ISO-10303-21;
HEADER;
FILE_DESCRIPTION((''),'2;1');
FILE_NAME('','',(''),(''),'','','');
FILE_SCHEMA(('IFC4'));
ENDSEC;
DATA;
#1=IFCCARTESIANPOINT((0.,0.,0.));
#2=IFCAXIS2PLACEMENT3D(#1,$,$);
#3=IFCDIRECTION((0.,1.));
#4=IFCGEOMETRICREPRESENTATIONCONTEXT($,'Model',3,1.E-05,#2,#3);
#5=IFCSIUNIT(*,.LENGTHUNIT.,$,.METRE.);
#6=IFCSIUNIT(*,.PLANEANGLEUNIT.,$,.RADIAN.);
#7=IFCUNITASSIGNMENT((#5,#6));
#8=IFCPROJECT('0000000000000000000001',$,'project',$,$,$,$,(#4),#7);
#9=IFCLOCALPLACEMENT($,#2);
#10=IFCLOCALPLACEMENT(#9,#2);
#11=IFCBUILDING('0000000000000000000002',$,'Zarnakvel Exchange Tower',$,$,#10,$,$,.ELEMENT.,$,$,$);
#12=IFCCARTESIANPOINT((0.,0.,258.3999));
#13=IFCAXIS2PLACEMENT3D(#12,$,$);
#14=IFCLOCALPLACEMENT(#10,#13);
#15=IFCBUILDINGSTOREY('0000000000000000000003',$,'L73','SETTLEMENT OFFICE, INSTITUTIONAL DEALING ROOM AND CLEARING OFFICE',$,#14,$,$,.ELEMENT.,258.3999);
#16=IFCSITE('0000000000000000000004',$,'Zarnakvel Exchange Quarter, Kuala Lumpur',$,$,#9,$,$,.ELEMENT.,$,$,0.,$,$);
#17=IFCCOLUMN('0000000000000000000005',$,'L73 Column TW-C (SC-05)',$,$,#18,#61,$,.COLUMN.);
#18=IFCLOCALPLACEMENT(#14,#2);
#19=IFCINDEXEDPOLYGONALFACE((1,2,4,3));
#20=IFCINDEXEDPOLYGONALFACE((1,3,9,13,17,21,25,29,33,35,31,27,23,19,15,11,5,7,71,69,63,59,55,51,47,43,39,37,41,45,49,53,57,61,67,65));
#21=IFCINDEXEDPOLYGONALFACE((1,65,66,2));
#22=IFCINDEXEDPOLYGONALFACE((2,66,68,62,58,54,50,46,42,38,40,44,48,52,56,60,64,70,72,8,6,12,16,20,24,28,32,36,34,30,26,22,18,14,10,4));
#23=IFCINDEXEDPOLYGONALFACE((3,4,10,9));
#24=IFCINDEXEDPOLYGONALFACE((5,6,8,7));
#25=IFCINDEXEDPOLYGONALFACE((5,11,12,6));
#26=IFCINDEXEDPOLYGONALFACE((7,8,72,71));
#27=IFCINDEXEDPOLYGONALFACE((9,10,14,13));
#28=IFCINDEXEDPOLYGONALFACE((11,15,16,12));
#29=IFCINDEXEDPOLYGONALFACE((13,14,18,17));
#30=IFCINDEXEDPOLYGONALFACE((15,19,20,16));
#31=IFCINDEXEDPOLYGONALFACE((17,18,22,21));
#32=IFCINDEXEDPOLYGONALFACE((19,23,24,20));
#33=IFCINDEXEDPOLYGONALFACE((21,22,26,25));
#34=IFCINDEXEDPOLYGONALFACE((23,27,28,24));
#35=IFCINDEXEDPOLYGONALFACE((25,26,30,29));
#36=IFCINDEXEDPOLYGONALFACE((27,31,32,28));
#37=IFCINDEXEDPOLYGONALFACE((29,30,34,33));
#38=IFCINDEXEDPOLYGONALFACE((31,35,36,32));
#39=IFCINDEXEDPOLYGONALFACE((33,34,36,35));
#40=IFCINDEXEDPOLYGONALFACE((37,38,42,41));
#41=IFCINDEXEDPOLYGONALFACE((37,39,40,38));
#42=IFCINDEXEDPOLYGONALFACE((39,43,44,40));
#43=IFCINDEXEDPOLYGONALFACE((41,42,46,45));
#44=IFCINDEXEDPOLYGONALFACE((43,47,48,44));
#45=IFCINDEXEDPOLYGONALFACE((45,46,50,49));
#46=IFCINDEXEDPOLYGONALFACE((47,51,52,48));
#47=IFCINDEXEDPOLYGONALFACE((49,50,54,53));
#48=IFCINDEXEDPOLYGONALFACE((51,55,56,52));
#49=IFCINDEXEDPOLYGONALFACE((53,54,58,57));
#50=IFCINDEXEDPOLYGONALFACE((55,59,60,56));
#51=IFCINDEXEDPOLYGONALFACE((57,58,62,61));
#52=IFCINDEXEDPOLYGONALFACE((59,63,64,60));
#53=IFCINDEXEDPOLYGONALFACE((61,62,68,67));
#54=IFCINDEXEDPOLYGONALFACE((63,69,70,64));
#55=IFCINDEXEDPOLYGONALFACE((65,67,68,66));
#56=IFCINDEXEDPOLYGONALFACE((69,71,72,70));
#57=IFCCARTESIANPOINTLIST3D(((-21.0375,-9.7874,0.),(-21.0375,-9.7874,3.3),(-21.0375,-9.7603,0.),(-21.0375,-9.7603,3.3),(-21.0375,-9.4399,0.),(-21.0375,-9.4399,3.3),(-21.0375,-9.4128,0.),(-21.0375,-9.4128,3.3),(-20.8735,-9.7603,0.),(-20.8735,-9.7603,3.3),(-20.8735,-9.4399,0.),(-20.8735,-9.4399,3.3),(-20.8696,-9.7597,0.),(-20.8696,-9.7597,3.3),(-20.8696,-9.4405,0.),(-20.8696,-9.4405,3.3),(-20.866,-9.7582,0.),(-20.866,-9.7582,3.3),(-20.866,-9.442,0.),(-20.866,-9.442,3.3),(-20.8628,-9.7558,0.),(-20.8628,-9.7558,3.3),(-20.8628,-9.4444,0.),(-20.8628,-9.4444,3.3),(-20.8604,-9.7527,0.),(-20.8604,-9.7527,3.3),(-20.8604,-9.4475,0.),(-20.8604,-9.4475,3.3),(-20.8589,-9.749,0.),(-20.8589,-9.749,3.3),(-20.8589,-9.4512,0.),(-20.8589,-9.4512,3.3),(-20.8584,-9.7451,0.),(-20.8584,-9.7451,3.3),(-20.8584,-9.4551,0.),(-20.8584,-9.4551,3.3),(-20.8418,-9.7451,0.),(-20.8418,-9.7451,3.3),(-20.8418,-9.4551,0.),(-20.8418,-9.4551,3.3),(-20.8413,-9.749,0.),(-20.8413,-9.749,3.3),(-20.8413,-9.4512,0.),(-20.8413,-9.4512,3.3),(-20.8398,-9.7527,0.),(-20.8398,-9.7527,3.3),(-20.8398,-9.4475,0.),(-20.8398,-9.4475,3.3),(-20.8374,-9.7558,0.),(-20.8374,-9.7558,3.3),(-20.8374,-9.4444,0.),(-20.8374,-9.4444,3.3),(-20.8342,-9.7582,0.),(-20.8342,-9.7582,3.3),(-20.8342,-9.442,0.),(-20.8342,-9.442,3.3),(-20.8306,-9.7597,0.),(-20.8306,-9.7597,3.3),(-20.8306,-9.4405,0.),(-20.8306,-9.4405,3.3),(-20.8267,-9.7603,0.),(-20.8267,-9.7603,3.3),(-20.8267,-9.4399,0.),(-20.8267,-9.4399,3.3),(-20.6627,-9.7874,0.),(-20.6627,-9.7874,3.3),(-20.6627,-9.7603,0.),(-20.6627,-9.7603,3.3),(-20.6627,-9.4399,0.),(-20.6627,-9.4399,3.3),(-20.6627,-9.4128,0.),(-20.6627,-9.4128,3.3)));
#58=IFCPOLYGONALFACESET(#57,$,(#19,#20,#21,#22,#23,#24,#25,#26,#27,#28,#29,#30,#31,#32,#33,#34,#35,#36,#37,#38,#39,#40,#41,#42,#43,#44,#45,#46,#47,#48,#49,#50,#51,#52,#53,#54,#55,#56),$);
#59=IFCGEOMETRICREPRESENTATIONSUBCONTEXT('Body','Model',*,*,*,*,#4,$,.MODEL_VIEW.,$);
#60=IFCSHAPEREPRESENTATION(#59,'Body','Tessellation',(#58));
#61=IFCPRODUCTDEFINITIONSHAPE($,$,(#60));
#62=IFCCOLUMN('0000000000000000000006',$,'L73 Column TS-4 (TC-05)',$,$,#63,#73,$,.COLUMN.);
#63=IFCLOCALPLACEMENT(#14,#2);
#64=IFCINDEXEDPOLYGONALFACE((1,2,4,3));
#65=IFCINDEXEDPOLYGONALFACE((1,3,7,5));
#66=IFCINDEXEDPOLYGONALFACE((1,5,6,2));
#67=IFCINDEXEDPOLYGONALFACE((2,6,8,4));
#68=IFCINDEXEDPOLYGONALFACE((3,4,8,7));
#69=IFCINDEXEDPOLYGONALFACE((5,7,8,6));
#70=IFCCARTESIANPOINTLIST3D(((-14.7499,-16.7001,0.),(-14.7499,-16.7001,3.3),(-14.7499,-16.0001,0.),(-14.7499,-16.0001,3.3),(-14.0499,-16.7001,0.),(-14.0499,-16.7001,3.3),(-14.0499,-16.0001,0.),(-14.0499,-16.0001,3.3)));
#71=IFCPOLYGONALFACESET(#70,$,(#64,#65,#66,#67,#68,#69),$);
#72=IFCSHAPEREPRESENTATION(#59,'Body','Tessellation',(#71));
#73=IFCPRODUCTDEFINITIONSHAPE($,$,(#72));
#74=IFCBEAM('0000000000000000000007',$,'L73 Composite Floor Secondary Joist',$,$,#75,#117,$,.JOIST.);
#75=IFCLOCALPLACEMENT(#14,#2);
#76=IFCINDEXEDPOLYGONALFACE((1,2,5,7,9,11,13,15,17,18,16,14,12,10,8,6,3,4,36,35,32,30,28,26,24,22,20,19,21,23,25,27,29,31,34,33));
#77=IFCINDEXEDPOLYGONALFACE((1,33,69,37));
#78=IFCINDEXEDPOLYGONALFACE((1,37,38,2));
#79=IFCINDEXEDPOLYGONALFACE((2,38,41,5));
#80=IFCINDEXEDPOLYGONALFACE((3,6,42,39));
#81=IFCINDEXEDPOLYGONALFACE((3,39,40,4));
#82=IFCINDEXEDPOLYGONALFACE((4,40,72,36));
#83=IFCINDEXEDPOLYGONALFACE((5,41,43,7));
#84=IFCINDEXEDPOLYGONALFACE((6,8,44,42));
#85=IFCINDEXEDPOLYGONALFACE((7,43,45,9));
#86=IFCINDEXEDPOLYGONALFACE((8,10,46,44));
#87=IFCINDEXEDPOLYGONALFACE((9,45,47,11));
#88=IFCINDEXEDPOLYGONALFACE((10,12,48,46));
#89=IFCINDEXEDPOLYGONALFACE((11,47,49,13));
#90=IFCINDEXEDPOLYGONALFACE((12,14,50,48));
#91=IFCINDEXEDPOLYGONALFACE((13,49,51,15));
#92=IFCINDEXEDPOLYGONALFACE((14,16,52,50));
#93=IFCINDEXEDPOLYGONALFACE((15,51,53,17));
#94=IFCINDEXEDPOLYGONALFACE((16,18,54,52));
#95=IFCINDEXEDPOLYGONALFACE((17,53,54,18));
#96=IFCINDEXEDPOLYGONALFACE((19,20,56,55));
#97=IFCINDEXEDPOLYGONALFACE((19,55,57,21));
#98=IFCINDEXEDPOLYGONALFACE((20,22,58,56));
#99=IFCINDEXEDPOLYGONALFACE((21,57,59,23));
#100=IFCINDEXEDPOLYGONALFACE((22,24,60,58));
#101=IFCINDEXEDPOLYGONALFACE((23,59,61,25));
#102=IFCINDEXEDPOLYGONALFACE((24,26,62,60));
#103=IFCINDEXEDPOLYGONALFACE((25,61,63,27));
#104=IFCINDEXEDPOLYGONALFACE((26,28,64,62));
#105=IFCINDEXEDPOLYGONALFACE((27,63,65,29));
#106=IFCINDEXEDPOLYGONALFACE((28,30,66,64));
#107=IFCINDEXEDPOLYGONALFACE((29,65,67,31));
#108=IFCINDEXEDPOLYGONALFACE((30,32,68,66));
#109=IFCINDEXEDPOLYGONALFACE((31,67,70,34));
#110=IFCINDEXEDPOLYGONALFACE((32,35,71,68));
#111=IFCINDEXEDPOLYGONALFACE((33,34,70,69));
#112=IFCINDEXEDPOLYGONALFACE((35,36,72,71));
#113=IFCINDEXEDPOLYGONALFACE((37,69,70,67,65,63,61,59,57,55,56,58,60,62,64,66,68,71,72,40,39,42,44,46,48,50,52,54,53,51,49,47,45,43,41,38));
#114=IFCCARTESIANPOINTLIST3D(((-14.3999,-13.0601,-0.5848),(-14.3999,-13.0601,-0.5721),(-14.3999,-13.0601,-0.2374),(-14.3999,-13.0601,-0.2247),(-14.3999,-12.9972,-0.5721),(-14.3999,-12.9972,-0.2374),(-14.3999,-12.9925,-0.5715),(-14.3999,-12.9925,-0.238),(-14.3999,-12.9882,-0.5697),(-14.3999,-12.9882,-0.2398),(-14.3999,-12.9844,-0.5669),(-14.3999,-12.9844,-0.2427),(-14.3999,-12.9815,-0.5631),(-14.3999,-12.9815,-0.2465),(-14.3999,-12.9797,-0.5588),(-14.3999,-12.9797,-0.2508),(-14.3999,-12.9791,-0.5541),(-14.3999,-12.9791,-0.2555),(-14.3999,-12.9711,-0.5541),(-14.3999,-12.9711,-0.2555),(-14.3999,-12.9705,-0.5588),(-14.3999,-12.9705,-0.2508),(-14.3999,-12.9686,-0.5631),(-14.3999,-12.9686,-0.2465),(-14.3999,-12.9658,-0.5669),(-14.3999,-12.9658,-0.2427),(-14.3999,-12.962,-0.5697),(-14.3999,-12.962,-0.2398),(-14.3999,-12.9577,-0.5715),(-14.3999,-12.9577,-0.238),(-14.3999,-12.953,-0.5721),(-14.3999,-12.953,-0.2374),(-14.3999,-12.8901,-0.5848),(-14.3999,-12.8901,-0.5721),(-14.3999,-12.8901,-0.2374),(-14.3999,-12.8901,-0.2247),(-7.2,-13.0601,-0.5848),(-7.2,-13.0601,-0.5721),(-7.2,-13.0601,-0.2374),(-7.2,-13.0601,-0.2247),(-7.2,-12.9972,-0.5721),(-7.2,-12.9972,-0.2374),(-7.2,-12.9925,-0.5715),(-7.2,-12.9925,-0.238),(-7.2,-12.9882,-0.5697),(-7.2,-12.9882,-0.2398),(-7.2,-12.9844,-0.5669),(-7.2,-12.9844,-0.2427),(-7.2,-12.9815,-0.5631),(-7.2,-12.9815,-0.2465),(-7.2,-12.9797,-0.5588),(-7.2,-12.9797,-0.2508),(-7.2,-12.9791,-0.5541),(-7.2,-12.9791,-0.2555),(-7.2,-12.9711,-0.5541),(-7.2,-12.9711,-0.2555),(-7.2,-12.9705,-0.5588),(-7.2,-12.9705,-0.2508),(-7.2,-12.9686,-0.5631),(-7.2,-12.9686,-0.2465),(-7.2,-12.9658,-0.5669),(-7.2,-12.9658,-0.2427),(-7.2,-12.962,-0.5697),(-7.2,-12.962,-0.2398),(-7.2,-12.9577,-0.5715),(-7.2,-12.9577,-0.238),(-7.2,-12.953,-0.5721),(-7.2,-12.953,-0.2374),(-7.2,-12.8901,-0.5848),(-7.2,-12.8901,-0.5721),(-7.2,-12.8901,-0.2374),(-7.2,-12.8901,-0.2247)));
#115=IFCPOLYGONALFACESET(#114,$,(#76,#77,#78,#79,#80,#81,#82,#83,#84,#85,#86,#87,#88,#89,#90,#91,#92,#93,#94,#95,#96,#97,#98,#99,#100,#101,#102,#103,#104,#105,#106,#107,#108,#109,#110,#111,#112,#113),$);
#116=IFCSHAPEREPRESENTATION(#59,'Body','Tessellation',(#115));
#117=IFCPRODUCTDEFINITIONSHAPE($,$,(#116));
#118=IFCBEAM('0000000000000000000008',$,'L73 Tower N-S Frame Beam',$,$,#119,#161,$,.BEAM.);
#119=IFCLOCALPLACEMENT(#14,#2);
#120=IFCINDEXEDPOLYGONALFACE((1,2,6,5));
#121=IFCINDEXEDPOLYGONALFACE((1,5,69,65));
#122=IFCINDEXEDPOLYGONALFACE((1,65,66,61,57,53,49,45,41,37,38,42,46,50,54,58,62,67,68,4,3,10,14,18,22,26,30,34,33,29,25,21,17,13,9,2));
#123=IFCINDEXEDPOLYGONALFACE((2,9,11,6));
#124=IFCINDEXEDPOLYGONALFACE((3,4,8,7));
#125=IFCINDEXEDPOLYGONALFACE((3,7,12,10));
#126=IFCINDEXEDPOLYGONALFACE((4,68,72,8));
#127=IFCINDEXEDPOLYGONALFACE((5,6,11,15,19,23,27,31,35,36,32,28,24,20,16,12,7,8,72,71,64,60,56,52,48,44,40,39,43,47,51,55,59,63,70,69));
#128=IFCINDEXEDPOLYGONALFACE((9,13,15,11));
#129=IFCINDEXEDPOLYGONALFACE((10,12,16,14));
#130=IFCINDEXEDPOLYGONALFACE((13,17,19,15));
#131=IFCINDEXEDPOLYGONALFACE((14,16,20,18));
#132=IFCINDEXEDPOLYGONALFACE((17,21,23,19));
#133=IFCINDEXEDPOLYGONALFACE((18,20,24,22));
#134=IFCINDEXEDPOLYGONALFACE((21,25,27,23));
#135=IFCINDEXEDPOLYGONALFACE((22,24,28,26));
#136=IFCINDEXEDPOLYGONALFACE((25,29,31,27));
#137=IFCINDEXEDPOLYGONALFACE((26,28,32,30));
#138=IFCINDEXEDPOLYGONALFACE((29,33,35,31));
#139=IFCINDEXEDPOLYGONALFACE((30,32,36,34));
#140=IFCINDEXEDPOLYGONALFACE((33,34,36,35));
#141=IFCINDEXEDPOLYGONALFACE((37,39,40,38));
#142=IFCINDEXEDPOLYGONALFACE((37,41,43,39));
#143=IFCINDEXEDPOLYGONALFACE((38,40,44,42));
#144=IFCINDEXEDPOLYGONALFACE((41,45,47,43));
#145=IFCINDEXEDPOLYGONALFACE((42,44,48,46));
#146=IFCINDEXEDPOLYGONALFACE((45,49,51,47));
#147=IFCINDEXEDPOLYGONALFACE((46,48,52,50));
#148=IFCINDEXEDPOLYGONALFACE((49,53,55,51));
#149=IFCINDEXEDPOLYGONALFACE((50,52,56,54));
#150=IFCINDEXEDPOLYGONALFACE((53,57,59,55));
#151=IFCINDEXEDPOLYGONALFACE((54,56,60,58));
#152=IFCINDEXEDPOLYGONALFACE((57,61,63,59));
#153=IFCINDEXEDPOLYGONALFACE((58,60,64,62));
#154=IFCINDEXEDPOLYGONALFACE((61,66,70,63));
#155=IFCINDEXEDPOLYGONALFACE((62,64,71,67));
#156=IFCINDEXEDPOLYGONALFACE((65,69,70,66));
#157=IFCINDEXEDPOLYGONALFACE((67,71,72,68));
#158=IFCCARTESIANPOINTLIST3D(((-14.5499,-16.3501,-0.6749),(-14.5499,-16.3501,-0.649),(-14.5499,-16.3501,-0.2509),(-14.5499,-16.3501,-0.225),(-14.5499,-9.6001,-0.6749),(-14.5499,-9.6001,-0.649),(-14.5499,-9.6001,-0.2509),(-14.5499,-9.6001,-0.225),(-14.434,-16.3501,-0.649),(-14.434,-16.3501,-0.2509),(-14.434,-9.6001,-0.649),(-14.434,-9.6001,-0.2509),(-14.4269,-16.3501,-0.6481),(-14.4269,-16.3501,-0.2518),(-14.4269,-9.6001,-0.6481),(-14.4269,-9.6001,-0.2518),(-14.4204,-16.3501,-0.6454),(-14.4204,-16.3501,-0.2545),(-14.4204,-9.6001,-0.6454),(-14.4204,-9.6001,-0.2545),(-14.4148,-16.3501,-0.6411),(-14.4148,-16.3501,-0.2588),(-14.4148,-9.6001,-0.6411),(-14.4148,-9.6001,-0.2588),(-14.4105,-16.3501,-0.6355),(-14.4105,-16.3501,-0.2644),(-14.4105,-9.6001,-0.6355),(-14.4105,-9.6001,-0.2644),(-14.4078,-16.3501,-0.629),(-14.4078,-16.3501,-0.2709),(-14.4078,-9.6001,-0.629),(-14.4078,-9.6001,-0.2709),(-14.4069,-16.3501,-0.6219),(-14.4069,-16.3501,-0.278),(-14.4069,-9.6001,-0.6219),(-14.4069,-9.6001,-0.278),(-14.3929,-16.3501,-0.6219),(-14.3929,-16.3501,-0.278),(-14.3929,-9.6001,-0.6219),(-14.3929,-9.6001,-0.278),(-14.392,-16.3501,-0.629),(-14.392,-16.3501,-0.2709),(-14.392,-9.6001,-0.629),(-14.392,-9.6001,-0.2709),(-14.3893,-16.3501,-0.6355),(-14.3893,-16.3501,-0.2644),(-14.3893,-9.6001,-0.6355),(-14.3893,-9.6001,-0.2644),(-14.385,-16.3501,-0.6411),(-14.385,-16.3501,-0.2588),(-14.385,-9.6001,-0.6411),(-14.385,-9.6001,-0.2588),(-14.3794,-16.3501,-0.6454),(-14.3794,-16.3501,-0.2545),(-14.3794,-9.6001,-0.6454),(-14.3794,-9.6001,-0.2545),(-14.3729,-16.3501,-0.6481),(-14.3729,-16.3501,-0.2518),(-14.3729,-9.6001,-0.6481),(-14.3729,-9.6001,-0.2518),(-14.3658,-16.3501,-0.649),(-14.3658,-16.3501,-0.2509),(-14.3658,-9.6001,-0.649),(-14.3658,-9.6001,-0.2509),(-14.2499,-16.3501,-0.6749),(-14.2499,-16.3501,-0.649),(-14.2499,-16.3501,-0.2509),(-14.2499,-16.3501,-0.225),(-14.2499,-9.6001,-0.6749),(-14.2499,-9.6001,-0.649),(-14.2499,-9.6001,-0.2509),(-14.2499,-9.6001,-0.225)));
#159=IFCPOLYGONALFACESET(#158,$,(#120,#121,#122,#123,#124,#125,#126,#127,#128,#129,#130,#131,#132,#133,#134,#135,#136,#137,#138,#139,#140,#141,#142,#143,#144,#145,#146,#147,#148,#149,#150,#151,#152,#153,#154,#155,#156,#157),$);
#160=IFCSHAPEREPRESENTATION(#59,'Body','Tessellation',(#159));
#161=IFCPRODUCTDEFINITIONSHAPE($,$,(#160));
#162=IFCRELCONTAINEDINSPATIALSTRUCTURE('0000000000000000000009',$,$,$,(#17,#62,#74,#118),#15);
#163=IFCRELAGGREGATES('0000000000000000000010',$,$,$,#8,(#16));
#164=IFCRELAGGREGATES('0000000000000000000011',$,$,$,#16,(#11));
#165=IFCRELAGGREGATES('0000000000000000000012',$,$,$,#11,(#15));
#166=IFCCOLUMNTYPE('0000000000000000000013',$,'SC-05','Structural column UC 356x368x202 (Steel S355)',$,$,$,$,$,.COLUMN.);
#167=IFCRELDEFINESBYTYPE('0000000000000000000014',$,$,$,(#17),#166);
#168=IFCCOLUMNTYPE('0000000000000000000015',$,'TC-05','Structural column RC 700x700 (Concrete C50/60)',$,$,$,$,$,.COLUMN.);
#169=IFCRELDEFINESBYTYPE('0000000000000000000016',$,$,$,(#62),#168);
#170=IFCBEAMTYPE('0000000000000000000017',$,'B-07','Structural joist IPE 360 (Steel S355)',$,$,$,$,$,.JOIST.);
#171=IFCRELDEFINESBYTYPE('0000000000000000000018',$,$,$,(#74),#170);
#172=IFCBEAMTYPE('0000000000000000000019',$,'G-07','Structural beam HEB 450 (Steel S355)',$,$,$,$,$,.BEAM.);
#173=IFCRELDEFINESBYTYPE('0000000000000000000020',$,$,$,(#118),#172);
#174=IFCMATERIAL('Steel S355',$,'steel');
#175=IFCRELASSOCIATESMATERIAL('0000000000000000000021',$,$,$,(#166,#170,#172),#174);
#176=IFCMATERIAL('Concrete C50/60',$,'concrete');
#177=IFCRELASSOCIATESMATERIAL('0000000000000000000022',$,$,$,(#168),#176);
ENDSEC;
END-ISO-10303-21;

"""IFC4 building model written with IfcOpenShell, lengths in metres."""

from ifc_helpers import new_model, si_unit, direction, frame, origin, origin_2d, place, context, subcontext, project, spatial, rectangle, i_section, extrude, material, material_profile, profile_set, type_object, element, save


model = new_model("IFC4")

# Units and contexts
model_context = context("Model", 3, precision=1e-05, world=origin(), true_north=direction((0.0, 1.0)))
body_context = subcontext(model_context, "Body", "Model", "MODEL_VIEW")
ifc_project = project(units=[si_unit("LENGTHUNIT", "METRE"), si_unit("PLANEANGLEUNIT", "RADIAN")], contexts=[model_context])

# Site, building, storey
site_placement = place(None, origin())
site = spatial("IfcSite", under=ifc_project, at=site_placement, Name="Zarnakvel Exchange Quarter, Kuala Lumpur", CompositionType="ELEMENT", RefElevation=0.0)
building_placement = place(site_placement, origin())
building = spatial("IfcBuilding", under=site, at=building_placement, Name="Zarnakvel Exchange Tower", CompositionType="ELEMENT")
storey_placement = place(building_placement, frame((0.0, 0.0, 258.3999)))
storey = spatial("IfcBuildingStorey", under=building, at=storey_placement, Name="L73", Description="SETTLEMENT OFFICE, INSTITUTIONAL DEALING ROOM AND CLEARING OFFICE", CompositionType="ELEMENT", Elevation=258.3999)

# Columns
ifc_material_1 = material(Name="Steel S355", Category="steel")
ifc_material_profile_1 = material_profile(ifc_material_1, i_section(OverallWidth=0.3748, OverallDepth=0.3745, WebThickness=0.0166, FlangeThickness=0.0271, FilletRadius=0.0151, at=origin_2d()))
ifc_profile_set_1 = profile_set([ifc_material_profile_1], Name="Steel S355")
column_type_1 = type_object("IfcColumnType", Name="SC-05", Description="Structural column UC 356x368x202 (Steel S355)", PredefinedType="COLUMN", material=ifc_profile_set_1)
column_1_placement = place(storey_placement, frame((-20.8501, -9.6001, 0.0), z_axis=(0.0, 0.0, 1.0), x_axis=(1.0, 0.0, 0.0)))
element("IfcColumn", 1, at=column_1_placement, inside=storey, type_object=column_type_1, Name="L73 Column TW-C (SC-05)", PredefinedType="COLUMN", context=body_context, shape_type="SweptSolid", body=[
    extrude(i_section(OverallWidth=0.3748, OverallDepth=0.3745, WebThickness=0.0166, FlangeThickness=0.0271, FilletRadius=0.0151, at=origin_2d()), origin(), (0.0, 0.0, 1.0), 3.3),
])
ifc_material_2 = material(Name="Concrete C50/60", Category="concrete")
ifc_material_profile_2 = material_profile(ifc_material_2, rectangle(XDim=0.7, YDim=0.7, at=origin_2d()))
ifc_profile_set_2 = profile_set([ifc_material_profile_2], Name="Concrete C50/60")
column_type_2 = type_object("IfcColumnType", Name="TC-05", Description="Structural column RC 700x700 (Concrete C50/60)", PredefinedType="COLUMN", material=ifc_profile_set_2)
column_2_placement = place(storey_placement, frame((-14.3999, -16.3501, 0.0), z_axis=(0.0, 0.0, 1.0), x_axis=(1.0, 0.0, 0.0)))
element("IfcColumn", 2, at=column_2_placement, inside=storey, type_object=column_type_2, Name="L73 Column TS-4 (TC-05)", PredefinedType="COLUMN", context=body_context, shape_type="SweptSolid", body=[
    extrude(rectangle(XDim=0.7, YDim=0.7, at=origin_2d()), origin(), (0.0, 0.0, 1.0), 3.3),
])

# Beams
ifc_material_profile_3 = material_profile(ifc_material_1, i_section(OverallWidth=0.1699, OverallDepth=0.3601, WebThickness=0.0081, FlangeThickness=0.0127, FilletRadius=0.0181, at=origin_2d()))
ifc_profile_set_3 = profile_set([ifc_material_profile_3], Name="Steel S355")
beam_type_1 = type_object("IfcBeamType", Name="B-07", Description="Structural joist IPE 360 (Steel S355)", PredefinedType="JOIST", material=ifc_profile_set_3)
beam_1_placement = place(storey_placement, frame((-14.3999, -12.9751, -0.4048), z_axis=(1.0, 0.0, 0.0), x_axis=(0.0, 1.0, 0.0)))
element("IfcBeam", 3, at=beam_1_placement, inside=storey, type_object=beam_type_1, Name="L73 Composite Floor Secondary Joist", PredefinedType="JOIST", context=body_context, shape_type="SweptSolid", body=[
    extrude(i_section(OverallWidth=0.1699, OverallDepth=0.3601, WebThickness=0.0081, FlangeThickness=0.0127, FilletRadius=0.0181, at=origin_2d()), origin(), (0.0, 0.0, 1.0), 7.2),
])
ifc_material_profile_4 = material_profile(ifc_material_1, i_section(OverallWidth=0.3, OverallDepth=0.45, WebThickness=0.0139, FlangeThickness=0.0259, FilletRadius=0.0271, at=origin_2d()))
ifc_profile_set_4 = profile_set([ifc_material_profile_4], Name="Steel S355")
beam_type_2 = type_object("IfcBeamType", Name="G-07", Description="Structural beam HEB 450 (Steel S355)", PredefinedType="BEAM", material=ifc_profile_set_4)
beam_2_placement = place(storey_placement, frame((-14.3999, -16.3501, -0.45), z_axis=(0.0, 1.0, 0.0), x_axis=(-1.0, 0.0, 0.0)))
element("IfcBeam", 4, at=beam_2_placement, inside=storey, type_object=beam_type_2, Name="L73 Tower N-S Frame Beam", PredefinedType="BEAM", context=body_context, shape_type="SweptSolid", body=[
    extrude(i_section(OverallWidth=0.3, OverallDepth=0.45, WebThickness=0.0139, FlangeThickness=0.0259, FilletRadius=0.0271, at=origin_2d()), origin(), (0.0, 0.0, 1.0), 6.75),
])

save(model, "model.ifc")
